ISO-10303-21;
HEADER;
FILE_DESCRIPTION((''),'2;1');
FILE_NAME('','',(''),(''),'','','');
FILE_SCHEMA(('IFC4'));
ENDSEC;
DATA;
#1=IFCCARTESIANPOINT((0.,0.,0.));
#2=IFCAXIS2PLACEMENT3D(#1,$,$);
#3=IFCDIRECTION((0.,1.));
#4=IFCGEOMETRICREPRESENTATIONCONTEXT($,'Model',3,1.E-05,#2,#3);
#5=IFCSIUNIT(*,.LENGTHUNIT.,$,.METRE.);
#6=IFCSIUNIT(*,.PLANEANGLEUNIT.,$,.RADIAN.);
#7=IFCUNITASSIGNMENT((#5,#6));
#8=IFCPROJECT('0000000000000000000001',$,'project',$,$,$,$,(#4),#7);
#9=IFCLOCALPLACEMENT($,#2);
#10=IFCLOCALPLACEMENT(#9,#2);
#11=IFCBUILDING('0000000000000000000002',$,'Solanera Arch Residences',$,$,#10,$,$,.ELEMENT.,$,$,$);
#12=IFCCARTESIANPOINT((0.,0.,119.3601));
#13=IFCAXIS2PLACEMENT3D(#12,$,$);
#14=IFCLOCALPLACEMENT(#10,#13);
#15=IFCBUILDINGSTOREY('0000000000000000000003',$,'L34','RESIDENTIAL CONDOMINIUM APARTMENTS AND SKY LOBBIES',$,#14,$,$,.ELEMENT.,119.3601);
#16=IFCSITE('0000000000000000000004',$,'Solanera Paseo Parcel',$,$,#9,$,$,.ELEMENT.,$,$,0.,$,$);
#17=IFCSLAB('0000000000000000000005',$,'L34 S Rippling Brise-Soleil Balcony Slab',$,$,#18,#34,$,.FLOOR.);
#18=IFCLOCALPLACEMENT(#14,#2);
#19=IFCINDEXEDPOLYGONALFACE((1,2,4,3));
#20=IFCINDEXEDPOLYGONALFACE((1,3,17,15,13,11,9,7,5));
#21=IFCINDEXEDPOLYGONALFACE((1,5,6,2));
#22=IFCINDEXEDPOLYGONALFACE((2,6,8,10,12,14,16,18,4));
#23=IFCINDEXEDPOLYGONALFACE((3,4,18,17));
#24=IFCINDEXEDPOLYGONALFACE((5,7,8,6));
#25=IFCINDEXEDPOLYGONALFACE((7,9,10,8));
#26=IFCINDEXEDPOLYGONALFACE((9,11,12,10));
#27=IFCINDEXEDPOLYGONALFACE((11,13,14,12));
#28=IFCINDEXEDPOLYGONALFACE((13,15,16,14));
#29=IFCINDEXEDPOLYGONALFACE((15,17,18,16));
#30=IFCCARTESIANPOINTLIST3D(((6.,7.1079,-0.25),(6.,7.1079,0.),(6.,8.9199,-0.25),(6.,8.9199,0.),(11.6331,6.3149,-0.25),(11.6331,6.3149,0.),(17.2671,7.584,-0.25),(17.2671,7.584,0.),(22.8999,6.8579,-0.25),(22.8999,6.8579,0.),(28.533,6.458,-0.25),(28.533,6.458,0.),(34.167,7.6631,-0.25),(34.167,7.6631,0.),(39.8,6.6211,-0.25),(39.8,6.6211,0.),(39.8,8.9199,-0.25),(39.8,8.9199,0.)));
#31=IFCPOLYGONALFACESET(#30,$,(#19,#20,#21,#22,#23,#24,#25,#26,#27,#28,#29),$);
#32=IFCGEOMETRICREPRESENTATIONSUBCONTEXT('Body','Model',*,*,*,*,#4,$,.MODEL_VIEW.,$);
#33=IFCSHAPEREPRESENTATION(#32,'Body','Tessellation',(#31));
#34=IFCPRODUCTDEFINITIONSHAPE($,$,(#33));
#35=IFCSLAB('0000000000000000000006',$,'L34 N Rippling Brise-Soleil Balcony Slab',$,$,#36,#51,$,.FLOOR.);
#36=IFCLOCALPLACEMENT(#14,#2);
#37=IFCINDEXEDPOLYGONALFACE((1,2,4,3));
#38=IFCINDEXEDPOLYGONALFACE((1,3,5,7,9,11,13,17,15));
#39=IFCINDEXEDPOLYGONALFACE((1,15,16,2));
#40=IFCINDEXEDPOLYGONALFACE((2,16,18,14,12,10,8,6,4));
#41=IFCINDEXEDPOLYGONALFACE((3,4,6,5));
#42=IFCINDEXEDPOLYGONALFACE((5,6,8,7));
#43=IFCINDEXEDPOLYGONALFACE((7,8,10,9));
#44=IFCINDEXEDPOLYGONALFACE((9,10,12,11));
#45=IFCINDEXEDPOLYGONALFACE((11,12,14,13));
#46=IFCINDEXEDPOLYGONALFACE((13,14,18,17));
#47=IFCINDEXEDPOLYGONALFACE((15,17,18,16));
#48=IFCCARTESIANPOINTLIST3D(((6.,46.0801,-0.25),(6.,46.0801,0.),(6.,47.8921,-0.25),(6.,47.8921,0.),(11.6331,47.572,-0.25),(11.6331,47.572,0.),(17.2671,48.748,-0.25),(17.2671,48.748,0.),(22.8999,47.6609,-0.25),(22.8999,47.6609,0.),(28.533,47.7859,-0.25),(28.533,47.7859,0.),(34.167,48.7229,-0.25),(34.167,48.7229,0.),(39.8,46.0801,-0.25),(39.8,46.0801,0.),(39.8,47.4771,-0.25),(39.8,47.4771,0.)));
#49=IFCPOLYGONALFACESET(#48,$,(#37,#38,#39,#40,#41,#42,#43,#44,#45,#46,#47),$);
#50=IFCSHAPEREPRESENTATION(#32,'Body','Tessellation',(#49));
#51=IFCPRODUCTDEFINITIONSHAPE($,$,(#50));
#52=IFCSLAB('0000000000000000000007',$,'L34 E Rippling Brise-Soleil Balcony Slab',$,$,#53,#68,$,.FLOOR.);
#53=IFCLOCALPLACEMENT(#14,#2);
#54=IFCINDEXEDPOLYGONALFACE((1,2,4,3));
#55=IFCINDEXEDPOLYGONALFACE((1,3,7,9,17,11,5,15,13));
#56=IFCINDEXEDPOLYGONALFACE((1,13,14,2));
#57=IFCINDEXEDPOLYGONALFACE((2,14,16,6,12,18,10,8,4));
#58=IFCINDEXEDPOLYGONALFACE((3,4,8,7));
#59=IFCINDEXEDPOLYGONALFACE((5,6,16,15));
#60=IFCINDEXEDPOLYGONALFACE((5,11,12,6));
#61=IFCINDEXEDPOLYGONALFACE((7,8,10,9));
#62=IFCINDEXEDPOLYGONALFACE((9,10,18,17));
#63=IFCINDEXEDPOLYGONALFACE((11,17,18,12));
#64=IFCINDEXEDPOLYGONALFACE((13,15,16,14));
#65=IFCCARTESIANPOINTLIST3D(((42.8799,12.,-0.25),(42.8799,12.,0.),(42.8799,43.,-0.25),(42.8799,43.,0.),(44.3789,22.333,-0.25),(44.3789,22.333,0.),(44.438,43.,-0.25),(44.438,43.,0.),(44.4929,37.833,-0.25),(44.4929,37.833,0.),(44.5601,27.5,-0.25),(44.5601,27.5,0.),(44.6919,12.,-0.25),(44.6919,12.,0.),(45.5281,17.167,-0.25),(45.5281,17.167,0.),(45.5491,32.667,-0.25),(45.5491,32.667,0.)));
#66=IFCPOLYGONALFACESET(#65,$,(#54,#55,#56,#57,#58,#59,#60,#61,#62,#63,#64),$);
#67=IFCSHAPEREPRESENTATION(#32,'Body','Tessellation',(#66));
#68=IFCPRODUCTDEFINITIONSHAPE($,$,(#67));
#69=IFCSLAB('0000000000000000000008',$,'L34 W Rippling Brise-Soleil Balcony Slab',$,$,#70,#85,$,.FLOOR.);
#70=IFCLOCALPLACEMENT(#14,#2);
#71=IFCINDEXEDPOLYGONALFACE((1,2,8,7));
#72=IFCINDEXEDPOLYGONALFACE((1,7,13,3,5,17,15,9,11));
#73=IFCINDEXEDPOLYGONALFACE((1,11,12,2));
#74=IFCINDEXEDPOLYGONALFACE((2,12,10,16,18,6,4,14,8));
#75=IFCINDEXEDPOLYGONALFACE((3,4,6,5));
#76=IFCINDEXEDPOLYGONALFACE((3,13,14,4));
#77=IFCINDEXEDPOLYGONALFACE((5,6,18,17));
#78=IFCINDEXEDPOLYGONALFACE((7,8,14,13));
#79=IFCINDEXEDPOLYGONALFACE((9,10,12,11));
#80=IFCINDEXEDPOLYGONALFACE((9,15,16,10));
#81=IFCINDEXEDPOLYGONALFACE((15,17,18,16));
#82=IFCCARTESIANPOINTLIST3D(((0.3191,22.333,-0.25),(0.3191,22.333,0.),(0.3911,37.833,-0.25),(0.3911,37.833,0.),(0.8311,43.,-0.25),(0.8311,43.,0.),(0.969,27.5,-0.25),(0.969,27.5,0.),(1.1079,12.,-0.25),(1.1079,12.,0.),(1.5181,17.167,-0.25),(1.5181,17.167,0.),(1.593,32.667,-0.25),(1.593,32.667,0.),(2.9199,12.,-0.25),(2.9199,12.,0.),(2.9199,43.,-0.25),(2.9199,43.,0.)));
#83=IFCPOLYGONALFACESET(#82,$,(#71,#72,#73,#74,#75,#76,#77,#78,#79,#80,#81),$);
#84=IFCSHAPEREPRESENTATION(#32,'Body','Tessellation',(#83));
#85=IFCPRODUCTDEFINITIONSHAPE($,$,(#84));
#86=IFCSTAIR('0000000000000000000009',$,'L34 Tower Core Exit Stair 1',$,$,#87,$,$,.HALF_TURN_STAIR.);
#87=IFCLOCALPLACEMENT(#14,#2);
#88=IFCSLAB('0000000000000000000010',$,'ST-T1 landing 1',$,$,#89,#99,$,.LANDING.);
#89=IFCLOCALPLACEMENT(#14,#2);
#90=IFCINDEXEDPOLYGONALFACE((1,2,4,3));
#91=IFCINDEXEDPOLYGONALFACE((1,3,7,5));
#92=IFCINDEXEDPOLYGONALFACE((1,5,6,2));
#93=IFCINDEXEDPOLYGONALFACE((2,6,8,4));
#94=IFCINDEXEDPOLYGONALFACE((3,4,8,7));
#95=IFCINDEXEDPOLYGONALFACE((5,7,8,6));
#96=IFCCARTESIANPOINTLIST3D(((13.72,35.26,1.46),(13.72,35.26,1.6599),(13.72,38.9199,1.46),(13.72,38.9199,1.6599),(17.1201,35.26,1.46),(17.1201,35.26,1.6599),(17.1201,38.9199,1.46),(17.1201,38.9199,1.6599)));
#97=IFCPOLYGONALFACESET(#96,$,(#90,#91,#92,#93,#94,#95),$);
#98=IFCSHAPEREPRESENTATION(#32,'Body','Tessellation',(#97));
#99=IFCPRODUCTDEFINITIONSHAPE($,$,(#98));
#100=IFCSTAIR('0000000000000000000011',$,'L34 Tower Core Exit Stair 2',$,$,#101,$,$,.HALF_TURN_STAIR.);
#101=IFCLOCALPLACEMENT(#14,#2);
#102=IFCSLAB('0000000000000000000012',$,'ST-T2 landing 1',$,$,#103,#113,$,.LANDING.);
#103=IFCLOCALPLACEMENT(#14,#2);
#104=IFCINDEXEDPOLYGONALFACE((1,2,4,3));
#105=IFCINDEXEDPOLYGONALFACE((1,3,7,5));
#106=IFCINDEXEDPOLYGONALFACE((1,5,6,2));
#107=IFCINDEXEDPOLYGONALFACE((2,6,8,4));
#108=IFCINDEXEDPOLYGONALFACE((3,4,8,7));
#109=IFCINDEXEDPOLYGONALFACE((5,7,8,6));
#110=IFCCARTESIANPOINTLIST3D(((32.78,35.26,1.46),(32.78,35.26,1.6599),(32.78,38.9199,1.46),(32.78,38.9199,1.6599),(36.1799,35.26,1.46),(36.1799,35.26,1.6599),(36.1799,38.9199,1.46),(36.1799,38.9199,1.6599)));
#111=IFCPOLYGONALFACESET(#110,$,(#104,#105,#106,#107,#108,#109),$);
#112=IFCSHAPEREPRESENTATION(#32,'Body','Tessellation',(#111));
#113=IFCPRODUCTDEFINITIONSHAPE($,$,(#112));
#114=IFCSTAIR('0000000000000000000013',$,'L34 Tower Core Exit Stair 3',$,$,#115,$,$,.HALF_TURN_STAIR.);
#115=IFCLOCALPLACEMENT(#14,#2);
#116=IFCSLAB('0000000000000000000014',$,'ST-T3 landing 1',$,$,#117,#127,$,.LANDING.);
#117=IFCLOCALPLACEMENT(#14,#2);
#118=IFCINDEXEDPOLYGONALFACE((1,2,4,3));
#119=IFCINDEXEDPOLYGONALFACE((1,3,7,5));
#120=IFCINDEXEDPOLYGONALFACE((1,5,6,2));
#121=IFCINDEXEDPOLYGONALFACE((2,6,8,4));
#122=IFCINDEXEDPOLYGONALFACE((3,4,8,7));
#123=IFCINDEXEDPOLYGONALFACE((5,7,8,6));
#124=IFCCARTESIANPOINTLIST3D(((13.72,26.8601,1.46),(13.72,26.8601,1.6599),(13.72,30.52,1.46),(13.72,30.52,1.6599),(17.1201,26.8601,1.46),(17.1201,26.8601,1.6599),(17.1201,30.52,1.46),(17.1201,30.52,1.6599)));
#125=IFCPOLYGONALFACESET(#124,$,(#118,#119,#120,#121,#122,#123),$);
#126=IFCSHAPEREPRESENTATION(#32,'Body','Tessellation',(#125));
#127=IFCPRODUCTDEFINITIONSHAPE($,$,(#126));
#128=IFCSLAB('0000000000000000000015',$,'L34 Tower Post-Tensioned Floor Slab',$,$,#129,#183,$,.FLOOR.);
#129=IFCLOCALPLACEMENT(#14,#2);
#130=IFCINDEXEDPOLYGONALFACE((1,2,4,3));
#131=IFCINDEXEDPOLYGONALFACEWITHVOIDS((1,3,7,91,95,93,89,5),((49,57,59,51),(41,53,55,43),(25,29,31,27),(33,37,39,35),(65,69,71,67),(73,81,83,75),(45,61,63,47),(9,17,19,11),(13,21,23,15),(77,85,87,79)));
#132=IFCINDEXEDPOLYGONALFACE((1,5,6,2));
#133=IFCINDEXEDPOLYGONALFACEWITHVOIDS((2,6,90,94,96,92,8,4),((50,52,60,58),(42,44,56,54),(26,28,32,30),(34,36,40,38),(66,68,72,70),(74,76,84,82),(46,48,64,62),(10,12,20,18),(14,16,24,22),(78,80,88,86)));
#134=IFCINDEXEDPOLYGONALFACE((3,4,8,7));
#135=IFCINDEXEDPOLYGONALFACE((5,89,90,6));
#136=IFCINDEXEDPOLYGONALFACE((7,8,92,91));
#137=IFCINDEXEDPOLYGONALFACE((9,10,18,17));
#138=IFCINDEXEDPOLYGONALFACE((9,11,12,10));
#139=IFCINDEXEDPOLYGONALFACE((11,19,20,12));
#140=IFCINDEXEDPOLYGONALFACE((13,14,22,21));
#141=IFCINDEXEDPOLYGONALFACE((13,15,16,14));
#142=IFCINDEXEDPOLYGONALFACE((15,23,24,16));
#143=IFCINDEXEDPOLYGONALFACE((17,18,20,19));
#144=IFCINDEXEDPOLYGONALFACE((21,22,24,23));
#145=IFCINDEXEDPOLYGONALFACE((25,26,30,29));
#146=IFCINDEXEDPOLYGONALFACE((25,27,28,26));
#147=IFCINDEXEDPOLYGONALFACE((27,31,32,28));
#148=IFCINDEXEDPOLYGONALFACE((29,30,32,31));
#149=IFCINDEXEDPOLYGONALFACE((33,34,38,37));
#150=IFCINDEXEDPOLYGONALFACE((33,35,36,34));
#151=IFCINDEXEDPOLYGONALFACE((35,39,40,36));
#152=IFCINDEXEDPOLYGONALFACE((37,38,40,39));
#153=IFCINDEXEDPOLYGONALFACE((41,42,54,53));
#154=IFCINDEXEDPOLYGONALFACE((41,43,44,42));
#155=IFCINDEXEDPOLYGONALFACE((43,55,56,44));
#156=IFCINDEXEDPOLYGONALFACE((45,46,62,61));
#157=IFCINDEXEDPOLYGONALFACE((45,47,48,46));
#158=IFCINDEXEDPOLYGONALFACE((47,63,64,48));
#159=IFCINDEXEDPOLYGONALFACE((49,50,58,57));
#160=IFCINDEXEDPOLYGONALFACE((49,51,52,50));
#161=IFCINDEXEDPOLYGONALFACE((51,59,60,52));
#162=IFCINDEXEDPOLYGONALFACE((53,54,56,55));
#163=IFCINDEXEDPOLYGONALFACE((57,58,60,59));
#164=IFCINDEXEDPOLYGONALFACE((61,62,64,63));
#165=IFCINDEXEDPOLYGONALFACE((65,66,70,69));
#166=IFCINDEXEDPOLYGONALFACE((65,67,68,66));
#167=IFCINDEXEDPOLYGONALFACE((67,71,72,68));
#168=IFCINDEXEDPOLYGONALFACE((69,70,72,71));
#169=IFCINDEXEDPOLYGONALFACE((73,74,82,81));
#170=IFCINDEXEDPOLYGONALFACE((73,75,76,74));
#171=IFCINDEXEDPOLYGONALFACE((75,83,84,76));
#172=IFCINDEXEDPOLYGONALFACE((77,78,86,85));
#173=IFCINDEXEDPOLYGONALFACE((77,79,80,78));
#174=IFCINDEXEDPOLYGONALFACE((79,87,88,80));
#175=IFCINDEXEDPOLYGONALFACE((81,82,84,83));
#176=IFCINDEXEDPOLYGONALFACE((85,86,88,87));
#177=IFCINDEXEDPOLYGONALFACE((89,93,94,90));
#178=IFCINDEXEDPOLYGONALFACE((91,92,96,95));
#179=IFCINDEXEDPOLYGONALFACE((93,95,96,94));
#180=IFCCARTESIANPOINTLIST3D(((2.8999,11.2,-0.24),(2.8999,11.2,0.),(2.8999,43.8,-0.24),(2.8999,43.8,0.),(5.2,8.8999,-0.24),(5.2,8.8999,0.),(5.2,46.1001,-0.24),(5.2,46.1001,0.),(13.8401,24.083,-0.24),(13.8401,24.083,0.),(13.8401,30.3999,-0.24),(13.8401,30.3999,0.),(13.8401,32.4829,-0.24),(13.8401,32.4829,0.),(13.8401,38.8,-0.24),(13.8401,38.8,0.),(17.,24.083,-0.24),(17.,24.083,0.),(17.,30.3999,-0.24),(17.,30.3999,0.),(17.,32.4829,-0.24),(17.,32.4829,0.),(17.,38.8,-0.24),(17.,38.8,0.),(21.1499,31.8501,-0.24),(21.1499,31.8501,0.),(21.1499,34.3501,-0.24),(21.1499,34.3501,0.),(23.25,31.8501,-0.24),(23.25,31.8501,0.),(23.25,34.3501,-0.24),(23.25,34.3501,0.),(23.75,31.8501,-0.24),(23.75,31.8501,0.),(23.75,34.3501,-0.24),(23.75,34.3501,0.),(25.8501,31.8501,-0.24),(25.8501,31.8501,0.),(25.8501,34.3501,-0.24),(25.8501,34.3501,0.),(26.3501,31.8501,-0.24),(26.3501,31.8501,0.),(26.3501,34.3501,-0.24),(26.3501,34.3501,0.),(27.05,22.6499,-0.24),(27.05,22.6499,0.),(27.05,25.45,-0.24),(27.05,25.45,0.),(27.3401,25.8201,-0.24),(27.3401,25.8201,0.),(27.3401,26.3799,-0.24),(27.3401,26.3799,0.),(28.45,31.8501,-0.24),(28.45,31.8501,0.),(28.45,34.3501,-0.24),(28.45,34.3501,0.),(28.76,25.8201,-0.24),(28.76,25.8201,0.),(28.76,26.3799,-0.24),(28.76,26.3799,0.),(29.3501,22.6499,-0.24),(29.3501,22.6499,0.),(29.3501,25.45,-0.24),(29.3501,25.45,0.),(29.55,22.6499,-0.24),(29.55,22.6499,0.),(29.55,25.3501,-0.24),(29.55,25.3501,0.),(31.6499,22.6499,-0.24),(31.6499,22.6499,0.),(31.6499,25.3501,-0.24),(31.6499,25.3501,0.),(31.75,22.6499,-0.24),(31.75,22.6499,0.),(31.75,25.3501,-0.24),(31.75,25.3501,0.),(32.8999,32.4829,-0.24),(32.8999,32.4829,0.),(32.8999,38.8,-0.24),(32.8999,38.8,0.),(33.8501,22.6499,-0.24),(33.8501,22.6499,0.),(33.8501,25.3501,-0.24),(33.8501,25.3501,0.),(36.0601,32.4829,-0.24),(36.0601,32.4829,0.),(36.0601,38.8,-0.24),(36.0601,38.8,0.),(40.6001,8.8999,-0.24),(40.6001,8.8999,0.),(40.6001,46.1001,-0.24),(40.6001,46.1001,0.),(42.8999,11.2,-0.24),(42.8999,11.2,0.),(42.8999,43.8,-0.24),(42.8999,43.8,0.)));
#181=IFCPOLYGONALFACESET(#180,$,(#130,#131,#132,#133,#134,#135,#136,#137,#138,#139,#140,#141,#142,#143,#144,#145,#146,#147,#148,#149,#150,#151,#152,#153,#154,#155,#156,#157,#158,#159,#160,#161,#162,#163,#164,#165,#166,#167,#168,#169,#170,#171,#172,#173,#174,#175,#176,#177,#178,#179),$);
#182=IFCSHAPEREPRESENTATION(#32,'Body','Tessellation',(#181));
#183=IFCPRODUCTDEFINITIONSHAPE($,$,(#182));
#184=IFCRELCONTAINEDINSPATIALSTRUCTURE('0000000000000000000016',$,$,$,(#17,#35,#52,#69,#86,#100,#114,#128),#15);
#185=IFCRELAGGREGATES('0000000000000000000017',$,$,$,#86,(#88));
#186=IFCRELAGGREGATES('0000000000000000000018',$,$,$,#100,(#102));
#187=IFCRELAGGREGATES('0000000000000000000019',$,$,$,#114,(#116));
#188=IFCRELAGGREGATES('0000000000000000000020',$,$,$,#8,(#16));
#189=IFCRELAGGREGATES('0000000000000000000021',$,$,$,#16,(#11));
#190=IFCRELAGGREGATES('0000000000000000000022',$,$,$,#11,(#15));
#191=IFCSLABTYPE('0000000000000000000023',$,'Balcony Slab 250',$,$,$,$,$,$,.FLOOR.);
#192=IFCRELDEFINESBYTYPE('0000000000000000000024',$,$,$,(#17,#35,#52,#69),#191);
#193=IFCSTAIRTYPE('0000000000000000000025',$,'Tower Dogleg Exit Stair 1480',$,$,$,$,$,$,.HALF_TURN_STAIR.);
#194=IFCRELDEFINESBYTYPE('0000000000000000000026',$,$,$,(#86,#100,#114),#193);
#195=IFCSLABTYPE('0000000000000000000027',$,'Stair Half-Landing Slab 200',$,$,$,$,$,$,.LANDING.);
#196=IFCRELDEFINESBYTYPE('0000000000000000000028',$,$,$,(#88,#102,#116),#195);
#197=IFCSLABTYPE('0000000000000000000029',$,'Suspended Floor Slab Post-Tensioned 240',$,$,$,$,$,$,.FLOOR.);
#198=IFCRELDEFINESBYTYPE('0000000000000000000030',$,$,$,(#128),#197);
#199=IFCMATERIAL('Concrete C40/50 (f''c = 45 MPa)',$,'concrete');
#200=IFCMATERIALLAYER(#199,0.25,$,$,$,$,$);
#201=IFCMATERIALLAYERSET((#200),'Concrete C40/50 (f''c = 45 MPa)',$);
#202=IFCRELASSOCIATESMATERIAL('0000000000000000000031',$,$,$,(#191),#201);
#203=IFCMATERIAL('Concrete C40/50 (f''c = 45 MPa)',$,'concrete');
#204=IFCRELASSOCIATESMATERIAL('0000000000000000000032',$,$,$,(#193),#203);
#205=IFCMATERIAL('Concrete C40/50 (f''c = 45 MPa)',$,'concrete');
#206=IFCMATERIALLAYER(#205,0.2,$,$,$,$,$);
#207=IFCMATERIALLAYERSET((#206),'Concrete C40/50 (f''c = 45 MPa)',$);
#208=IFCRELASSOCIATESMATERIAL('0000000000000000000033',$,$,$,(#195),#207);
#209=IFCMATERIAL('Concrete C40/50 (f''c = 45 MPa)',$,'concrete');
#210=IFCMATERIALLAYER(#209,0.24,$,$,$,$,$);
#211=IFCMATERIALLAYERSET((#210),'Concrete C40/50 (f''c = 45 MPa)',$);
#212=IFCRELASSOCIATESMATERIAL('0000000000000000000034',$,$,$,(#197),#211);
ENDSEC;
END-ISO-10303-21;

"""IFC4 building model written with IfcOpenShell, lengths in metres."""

from ifc_helpers import new_model, si_unit, direction, frame, origin, place, context, subcontext, project, spatial, polyline, outline, extrude, material, layer, layer_set, type_object, element, aggregate, save


model = new_model("IFC4")

# Units and contexts
model_context = context("Model", 3, precision=1e-05, world=origin(), true_north=direction((0.0, 1.0)))
body_context = subcontext(model_context, "Body", "Model", "MODEL_VIEW")
ifc_project = project(units=[si_unit("LENGTHUNIT", "METRE"), si_unit("PLANEANGLEUNIT", "RADIAN")], contexts=[model_context])

# Site, building, storey
site_placement = place(None, origin())
site = spatial("IfcSite", under=ifc_project, at=site_placement, Name="Solanera Paseo Parcel", CompositionType="ELEMENT", RefElevation=0.0)
building_placement = place(site_placement, origin())
building = spatial("IfcBuilding", under=site, at=building_placement, Name="Solanera Arch Residences", CompositionType="ELEMENT")
storey_placement = place(building_placement, frame((0.0, 0.0, 119.3601)))
storey = spatial("IfcBuildingStorey", under=building, at=storey_placement, Name="L34", Description="RESIDENTIAL CONDOMINIUM APARTMENTS AND SKY LOBBIES", CompositionType="ELEMENT", Elevation=119.3601)

# Slabs
ifc_material_1 = material(Name="Concrete C40/50 (f'c = 45 MPa)", Category="concrete")
ifc_layer_1 = layer(ifc_material_1, 0.25)
ifc_layer_set_1 = layer_set([ifc_layer_1], Name="Concrete C40/50 (f'c = 45 MPa)")
slab_type_1 = type_object("IfcSlabType", Name="Balcony Slab 250", PredefinedType="FLOOR", material=ifc_layer_set_1)
slab_1_placement = place(storey_placement, frame((0.0, 0.0, -0.25)))
element("IfcSlab", 1, at=slab_1_placement, inside=storey, type_object=slab_type_1, Name="L34 S Rippling Brise-Soleil Balcony Slab", PredefinedType="FLOOR", context=body_context, shape_type="SweptSolid", body=[
    extrude(outline(polyline([(6.0, 7.1079), (11.6331, 6.3149), (17.2671, 7.584), (22.8999, 6.8579), (28.533, 6.458), (34.167, 7.6631), (39.8, 6.6211), (39.8, 8.9199), (6.0, 8.9199), (6.0, 7.1079)])), origin(), (0.0, 0.0, 1.0), 0.25),
])
slab_2_placement = place(storey_placement, frame((0.0, 0.0, -0.25)))
element("IfcSlab", 2, at=slab_2_placement, inside=storey, type_object=slab_type_1, Name="L34 N Rippling Brise-Soleil Balcony Slab", PredefinedType="FLOOR", context=body_context, shape_type="SweptSolid", body=[
    extrude(outline(polyline([(39.8, 47.4771), (34.167, 48.7229), (28.533, 47.7859), (22.8999, 47.6609), (17.2671, 48.748), (11.6331, 47.572), (6.0, 47.8921), (6.0, 46.0801), (39.8, 46.0801), (39.8, 47.4771)])), origin(), (0.0, 0.0, 1.0), 0.25),
])
slab_3_placement = place(storey_placement, frame((0.0, 0.0, -0.25)))
element("IfcSlab", 3, at=slab_3_placement, inside=storey, type_object=slab_type_1, Name="L34 E Rippling Brise-Soleil Balcony Slab", PredefinedType="FLOOR", context=body_context, shape_type="SweptSolid", body=[
    extrude(outline(polyline([(44.6919, 12.0), (45.5281, 17.167), (44.3789, 22.333), (44.5601, 27.5), (45.5491, 32.667), (44.4929, 37.833), (44.438, 43.0), (42.8799, 43.0), (42.8799, 12.0), (44.6919, 12.0)])), origin(), (0.0, 0.0, 1.0), 0.25),
])
slab_4_placement = place(storey_placement, frame((0.0, 0.0, -0.25)))
element("IfcSlab", 4, at=slab_4_placement, inside=storey, type_object=slab_type_1, Name="L34 W Rippling Brise-Soleil Balcony Slab", PredefinedType="FLOOR", context=body_context, shape_type="SweptSolid", body=[
    extrude(outline(polyline([(0.8311, 43.0), (0.3911, 37.833), (1.593, 32.667), (0.969, 27.5), (0.3191, 22.333), (1.5181, 17.167), (1.1079, 12.0), (2.9199, 12.0), (2.9199, 43.0), (0.8311, 43.0)])), origin(), (0.0, 0.0, 1.0), 0.25),
])

# Stairs, slabs
ifc_material_2 = material(Name="Concrete C40/50 (f'c = 45 MPa)", Category="concrete")
stair_type = type_object("IfcStairType", Name="Tower Dogleg Exit Stair 1480", PredefinedType="HALF_TURN_STAIR", material=ifc_material_2)
stair_1_placement = place(storey_placement, origin())
stair_1 = element("IfcStair", 5, at=stair_1_placement, inside=storey, type_object=stair_type, Name="L34 Tower Core Exit Stair 1", PredefinedType="HALF_TURN_STAIR")
ifc_material_3 = material(Name="Concrete C40/50 (f'c = 45 MPa)", Category="concrete")
ifc_layer_2 = layer(ifc_material_3, 0.2)
ifc_layer_set_2 = layer_set([ifc_layer_2], Name="Concrete C40/50 (f'c = 45 MPa)")
slab_type_2 = type_object("IfcSlabType", Name="Stair Half-Landing Slab 200", PredefinedType="LANDING", material=ifc_layer_set_2)
slab_5_placement = place(storey_placement, frame((0.0, 0.0, 1.46)))
slab_5 = element("IfcSlab", 6, at=slab_5_placement, type_object=slab_type_2, Name="ST-T1 landing 1", PredefinedType="LANDING", context=body_context, shape_type="SweptSolid", body=[
    extrude(outline(polyline([(17.1201, 35.26), (17.1201, 38.9199), (13.72, 38.9199), (13.72, 35.26), (17.1201, 35.26)])), origin(), (0.0, 0.0, 1.0), 0.2),
])
aggregate(stair_1, [slab_5])
stair_2_placement = place(storey_placement, origin())
stair_2 = element("IfcStair", 7, at=stair_2_placement, inside=storey, type_object=stair_type, Name="L34 Tower Core Exit Stair 2", PredefinedType="HALF_TURN_STAIR")
slab_6_placement = place(storey_placement, frame((0.0, 0.0, 1.46)))
slab_6 = element("IfcSlab", 8, at=slab_6_placement, type_object=slab_type_2, Name="ST-T2 landing 1", PredefinedType="LANDING", context=body_context, shape_type="SweptSolid", body=[
    extrude(outline(polyline([(36.1799, 35.26), (36.1799, 38.9199), (32.78, 38.9199), (32.78, 35.26), (36.1799, 35.26)])), origin(), (0.0, 0.0, 1.0), 0.2),
])
aggregate(stair_2, [slab_6])
stair_3_placement = place(storey_placement, origin())
stair_3 = element("IfcStair", 9, at=stair_3_placement, inside=storey, type_object=stair_type, Name="L34 Tower Core Exit Stair 3", PredefinedType="HALF_TURN_STAIR")
slab_7_placement = place(storey_placement, frame((0.0, 0.0, 1.46)))
slab_7 = element("IfcSlab", 10, at=slab_7_placement, type_object=slab_type_2, Name="ST-T3 landing 1", PredefinedType="LANDING", context=body_context, shape_type="SweptSolid", body=[
    extrude(outline(polyline([(17.1201, 26.8601), (17.1201, 30.52), (13.72, 30.52), (13.72, 26.8601), (17.1201, 26.8601)])), origin(), (0.0, 0.0, 1.0), 0.2),
])
aggregate(stair_3, [slab_7])

# Slab
ifc_material_4 = material(Name="Concrete C40/50 (f'c = 45 MPa)", Category="concrete")
ifc_layer_3 = layer(ifc_material_4, 0.24)
ifc_layer_set_3 = layer_set([ifc_layer_3], Name="Concrete C40/50 (f'c = 45 MPa)")
slab_type_3 = type_object("IfcSlabType", Name="Suspended Floor Slab Post-Tensioned 240", PredefinedType="FLOOR", material=ifc_layer_set_3)
slab_8_placement = place(storey_placement, frame((0.0, 0.0, -0.24)))
element("IfcSlab", 11, at=slab_8_placement, inside=storey, type_object=slab_type_3, Name="L34 Tower Post-Tensioned Floor Slab", PredefinedType="FLOOR", context=body_context, shape_type="SweptSolid", body=[
    extrude(outline(polyline([(5.2, 8.8999), (40.6001, 8.8999), (42.8999, 11.2), (42.8999, 43.8), (40.6001, 46.1001), (5.2, 46.1001), (2.8999, 43.8), (2.8999, 11.2), (5.2, 8.8999)]), holes=[polyline([(13.8401, 32.4829), (13.8401, 38.8), (17.0, 38.8), (17.0, 32.4829), (13.8401, 32.4829)]), polyline([(32.8999, 32.4829), (32.8999, 38.8), (36.0601, 38.8), (36.0601, 32.4829), (32.8999, 32.4829)]), polyline([(13.8401, 24.083), (13.8401, 30.3999), (17.0, 30.3999), (17.0, 24.083), (13.8401, 24.083)]), polyline([(21.1499, 34.3501), (23.25, 34.3501), (23.25, 31.8501), (21.1499, 31.8501), (21.1499, 34.3501)]), polyline([(23.75, 34.3501), (25.8501, 34.3501), (25.8501, 31.8501), (23.75, 31.8501), (23.75, 34.3501)]), polyline([(26.3501, 34.3501), (28.45, 34.3501), (28.45, 31.8501), (26.3501, 31.8501), (26.3501, 34.3501)]), polyline([(29.55, 25.3501), (31.6499, 25.3501), (31.6499, 22.6499), (29.55, 22.6499), (29.55, 25.3501)]), polyline([(31.75, 25.3501), (33.8501, 25.3501), (33.8501, 22.6499), (31.75, 22.6499), (31.75, 25.3501)]), polyline([(27.05, 25.45), (29.3501, 25.45), (29.3501, 22.6499), (27.05, 22.6499), (27.05, 25.45)]), polyline([(27.3401, 26.3799), (28.76, 26.3799), (28.76, 25.8201), (27.3401, 25.8201), (27.3401, 26.3799)])]), origin(), (0.0, 0.0, 1.0), 0.24),
])

save(model, "model.ifc")
